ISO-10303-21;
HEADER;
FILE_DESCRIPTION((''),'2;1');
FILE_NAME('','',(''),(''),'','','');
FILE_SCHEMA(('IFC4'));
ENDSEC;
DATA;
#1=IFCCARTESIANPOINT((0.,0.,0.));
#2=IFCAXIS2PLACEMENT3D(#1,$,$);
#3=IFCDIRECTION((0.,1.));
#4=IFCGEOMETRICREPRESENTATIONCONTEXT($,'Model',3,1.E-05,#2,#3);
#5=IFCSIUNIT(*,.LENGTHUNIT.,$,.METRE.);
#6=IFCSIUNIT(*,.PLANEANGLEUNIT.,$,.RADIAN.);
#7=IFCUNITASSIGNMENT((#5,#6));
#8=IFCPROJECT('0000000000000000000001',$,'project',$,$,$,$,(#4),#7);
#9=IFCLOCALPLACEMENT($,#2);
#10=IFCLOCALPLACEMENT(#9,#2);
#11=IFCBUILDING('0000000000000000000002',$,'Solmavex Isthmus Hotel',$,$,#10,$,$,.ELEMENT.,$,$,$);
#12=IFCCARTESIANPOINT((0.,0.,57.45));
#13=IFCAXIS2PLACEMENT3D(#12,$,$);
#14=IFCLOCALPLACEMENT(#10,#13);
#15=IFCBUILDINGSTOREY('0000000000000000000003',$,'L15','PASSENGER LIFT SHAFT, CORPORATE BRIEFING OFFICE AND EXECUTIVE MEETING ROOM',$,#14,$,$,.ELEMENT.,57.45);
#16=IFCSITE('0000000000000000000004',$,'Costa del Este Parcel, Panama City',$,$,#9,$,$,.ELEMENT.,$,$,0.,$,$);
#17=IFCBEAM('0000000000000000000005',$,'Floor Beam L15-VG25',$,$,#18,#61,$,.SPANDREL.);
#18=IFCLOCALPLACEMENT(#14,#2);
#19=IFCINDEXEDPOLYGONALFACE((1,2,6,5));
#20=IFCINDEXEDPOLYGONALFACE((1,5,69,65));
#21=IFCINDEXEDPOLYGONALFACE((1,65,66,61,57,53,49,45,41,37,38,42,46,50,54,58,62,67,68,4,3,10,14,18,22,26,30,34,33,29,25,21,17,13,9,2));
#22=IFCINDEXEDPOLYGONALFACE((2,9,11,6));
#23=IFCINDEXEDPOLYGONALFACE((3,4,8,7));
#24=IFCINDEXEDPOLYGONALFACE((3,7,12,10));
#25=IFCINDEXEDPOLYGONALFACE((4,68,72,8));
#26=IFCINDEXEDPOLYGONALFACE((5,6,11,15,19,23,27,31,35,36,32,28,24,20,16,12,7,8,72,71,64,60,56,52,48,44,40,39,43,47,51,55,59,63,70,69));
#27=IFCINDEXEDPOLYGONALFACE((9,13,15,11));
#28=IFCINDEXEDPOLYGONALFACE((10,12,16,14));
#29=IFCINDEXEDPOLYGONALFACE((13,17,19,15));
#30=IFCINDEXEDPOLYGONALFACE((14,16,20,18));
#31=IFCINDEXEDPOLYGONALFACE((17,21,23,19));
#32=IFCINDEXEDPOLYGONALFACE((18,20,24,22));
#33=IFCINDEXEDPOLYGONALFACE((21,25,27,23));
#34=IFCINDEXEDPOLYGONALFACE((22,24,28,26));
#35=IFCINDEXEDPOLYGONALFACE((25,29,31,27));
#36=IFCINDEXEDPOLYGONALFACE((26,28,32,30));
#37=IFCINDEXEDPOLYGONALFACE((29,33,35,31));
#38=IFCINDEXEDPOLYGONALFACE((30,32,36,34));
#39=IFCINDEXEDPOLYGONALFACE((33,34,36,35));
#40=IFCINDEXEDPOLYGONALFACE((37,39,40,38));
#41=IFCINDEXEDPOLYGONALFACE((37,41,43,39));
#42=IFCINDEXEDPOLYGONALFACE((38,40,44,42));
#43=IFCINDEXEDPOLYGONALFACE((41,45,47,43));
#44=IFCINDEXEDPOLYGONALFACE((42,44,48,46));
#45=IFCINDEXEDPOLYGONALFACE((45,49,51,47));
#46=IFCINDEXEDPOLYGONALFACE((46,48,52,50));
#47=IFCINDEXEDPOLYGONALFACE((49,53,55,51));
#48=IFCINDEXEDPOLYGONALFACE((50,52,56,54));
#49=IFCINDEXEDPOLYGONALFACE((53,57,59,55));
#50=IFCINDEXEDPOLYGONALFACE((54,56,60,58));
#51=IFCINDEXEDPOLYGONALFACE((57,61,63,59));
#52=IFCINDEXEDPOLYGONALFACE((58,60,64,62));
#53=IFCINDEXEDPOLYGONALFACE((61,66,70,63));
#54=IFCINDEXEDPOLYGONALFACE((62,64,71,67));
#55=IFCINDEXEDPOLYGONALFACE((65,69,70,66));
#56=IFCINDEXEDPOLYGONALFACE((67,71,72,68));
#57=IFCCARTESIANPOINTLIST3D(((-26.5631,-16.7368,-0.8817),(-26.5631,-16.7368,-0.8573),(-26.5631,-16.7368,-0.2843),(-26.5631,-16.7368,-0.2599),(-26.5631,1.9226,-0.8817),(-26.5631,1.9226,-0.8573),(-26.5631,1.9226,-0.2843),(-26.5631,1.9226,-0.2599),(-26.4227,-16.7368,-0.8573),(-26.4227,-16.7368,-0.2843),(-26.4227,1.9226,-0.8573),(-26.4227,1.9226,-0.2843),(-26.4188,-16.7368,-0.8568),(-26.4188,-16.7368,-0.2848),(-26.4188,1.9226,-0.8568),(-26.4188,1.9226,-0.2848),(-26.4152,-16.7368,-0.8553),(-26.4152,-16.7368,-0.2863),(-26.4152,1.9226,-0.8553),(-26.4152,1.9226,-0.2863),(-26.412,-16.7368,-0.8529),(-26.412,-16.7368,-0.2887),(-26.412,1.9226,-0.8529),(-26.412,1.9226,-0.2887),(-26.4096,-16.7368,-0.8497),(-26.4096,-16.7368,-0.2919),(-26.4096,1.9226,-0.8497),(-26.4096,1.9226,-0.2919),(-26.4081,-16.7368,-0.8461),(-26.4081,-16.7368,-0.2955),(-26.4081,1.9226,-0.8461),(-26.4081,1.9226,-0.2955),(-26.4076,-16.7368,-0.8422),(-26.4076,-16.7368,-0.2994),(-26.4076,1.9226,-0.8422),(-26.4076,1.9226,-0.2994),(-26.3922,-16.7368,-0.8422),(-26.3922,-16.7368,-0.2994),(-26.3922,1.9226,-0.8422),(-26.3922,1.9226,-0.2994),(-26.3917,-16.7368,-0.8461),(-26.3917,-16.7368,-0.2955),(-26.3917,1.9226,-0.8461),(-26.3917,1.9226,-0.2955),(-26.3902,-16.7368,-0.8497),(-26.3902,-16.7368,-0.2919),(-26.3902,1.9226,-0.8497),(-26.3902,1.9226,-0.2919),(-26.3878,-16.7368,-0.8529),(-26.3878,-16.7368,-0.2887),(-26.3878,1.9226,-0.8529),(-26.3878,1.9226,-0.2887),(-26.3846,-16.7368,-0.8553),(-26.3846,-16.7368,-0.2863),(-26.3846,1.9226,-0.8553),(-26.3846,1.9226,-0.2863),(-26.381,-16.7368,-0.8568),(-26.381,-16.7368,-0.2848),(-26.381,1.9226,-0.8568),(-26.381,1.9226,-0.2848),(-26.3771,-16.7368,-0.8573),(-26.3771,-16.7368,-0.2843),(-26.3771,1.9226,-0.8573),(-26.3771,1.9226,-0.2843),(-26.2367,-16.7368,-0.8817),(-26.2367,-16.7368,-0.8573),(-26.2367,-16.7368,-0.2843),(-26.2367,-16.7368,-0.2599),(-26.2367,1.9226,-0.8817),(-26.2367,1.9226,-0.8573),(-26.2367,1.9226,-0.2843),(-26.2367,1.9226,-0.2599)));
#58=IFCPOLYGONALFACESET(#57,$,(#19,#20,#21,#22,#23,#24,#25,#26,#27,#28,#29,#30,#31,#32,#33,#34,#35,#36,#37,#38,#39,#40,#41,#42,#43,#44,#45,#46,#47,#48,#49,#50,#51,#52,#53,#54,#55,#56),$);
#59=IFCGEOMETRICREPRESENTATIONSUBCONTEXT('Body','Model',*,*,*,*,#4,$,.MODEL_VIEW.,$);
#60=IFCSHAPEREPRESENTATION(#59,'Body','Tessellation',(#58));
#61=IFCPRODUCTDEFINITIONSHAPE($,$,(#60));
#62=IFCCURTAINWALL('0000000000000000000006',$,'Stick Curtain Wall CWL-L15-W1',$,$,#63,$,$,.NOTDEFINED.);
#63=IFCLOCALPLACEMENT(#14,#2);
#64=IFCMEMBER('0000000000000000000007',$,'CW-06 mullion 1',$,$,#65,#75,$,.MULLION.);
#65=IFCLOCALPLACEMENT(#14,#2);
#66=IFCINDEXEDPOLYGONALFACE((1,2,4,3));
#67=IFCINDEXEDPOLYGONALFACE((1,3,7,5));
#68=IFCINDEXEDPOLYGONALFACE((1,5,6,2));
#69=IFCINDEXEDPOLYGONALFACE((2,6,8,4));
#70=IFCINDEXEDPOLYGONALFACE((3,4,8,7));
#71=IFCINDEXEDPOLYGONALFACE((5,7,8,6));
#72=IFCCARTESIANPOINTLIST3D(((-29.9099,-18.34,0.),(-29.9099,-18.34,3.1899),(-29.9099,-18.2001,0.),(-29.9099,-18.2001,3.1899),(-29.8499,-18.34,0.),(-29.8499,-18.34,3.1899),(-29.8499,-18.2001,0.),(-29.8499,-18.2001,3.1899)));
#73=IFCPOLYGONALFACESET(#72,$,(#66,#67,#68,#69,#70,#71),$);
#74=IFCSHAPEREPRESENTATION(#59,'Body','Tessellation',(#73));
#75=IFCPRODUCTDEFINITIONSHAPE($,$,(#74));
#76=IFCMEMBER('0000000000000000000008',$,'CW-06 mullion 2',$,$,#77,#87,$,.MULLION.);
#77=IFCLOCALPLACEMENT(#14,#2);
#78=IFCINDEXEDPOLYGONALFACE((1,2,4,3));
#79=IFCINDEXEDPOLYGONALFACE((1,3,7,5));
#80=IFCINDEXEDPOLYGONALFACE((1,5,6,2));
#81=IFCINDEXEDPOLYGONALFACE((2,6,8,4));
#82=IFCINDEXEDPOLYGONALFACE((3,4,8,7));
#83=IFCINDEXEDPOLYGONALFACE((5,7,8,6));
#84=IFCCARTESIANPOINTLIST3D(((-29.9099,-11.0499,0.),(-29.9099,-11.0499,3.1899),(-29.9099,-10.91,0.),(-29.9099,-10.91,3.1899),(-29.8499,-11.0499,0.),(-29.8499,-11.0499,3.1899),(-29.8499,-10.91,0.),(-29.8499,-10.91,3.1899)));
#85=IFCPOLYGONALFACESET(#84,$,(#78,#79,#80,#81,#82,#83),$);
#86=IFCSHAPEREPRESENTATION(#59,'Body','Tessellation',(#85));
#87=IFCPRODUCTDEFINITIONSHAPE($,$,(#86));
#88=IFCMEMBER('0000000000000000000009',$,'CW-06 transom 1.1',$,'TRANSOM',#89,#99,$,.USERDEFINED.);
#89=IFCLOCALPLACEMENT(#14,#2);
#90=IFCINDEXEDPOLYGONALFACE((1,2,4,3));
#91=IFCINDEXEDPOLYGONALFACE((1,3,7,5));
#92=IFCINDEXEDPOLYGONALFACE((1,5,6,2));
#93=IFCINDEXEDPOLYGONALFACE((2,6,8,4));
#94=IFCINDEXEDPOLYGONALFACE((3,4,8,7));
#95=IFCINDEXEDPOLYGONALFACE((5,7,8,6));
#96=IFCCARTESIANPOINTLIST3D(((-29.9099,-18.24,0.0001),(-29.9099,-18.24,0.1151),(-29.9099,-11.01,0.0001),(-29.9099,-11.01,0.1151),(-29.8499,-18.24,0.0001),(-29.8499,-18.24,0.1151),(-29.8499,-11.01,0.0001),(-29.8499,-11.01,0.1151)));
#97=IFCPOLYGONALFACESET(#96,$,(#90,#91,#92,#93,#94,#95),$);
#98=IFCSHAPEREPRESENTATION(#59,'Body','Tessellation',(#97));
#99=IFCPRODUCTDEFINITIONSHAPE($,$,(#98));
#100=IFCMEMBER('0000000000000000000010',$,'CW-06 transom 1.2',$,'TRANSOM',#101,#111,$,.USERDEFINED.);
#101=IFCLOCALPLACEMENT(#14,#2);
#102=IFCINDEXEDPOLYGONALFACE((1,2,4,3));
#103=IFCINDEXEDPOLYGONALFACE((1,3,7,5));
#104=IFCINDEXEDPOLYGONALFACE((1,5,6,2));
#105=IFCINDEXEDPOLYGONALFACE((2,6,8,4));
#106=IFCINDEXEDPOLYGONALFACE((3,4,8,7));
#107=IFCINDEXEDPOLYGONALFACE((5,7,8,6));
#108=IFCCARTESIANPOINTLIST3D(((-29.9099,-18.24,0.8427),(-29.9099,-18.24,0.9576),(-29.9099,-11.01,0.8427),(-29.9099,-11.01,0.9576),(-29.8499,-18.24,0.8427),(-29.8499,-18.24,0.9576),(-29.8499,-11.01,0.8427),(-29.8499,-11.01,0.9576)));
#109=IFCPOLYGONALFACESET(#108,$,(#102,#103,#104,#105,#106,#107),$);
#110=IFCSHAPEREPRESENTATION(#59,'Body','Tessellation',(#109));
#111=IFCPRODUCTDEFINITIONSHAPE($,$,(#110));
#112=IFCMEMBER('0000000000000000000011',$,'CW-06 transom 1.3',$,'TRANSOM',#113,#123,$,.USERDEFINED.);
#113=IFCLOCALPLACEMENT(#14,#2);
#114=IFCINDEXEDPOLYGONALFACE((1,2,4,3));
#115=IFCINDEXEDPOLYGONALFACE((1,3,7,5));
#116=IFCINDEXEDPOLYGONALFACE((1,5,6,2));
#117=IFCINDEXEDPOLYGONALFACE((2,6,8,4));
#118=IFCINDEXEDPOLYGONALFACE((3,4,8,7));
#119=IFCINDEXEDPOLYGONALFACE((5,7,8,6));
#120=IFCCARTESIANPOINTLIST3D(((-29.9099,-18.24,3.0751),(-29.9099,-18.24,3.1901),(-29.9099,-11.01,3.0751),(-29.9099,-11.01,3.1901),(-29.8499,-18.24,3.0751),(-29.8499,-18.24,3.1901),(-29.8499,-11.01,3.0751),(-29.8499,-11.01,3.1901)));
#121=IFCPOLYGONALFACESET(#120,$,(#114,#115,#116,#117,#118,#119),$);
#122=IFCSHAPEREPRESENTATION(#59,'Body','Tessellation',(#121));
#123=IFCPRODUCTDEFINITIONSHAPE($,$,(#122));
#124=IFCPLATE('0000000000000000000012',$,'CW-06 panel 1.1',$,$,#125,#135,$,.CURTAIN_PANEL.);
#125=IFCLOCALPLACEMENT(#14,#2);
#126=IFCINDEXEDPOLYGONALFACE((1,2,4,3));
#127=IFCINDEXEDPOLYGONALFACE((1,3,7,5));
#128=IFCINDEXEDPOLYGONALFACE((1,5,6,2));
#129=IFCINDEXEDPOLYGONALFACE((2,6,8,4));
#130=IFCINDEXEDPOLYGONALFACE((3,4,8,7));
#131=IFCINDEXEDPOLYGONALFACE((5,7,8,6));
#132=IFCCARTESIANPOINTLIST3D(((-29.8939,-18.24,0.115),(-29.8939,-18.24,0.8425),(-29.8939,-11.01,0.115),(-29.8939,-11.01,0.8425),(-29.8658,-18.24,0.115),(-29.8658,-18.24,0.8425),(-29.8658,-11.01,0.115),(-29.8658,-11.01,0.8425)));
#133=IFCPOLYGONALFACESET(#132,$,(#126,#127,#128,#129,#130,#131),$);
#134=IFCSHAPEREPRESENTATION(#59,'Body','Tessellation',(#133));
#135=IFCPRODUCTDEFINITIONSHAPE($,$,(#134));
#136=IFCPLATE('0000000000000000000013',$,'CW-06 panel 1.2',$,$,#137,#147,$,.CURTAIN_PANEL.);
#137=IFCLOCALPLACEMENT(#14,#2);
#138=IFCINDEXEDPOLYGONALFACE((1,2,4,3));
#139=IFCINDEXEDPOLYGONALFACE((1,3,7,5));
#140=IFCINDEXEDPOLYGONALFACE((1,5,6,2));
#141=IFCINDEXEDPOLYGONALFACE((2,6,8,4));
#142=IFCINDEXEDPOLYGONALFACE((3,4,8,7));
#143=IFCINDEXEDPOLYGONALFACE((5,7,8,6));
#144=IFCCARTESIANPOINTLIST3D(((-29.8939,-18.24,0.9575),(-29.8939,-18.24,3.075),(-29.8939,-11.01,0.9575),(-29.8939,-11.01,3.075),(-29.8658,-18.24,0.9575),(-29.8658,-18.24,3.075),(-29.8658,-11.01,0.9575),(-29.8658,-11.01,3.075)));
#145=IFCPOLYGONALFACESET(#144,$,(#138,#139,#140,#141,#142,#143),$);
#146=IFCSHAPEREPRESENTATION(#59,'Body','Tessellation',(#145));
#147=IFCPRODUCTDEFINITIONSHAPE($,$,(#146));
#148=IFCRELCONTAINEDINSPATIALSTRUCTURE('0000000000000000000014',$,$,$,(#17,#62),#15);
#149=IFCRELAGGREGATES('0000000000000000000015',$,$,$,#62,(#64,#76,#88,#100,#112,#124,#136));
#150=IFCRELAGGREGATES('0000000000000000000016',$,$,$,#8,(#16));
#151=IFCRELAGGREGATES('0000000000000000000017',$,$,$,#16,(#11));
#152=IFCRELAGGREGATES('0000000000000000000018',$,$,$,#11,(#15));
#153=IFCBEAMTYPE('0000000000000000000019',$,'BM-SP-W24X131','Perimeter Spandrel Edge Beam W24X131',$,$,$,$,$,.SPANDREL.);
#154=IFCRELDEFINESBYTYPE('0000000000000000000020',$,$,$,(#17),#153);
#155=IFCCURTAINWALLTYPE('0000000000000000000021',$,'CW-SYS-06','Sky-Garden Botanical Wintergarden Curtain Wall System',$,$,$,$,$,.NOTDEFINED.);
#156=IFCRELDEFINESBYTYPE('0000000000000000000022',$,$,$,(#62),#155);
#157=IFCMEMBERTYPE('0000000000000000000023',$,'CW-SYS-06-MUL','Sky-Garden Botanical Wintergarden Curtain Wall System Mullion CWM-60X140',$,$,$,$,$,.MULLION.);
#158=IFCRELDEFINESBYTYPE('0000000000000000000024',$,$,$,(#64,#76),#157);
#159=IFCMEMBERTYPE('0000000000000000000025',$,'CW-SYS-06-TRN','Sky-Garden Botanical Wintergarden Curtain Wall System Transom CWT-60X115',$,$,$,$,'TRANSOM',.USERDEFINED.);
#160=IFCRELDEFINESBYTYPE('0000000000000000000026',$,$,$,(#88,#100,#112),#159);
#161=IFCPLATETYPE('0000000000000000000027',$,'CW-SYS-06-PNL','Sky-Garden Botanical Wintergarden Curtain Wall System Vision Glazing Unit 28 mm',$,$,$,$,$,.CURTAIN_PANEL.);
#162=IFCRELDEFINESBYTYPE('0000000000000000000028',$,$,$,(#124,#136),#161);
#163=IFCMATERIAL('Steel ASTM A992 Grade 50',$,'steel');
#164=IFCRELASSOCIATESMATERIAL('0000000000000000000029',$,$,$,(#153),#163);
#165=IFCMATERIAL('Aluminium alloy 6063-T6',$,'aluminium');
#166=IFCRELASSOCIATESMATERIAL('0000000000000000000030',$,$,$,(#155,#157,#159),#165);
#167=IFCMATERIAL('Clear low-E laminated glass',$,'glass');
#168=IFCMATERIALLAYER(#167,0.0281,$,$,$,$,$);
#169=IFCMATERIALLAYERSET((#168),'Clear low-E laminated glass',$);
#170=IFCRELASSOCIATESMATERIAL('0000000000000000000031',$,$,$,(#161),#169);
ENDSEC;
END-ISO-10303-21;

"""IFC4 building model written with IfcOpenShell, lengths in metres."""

from ifc_helpers import new_model, si_unit, direction, frame, origin, origin_2d, place, context, subcontext, project, spatial, rectangle, i_section, extrude, material, layer, layer_set, material_profile, profile_set, type_object, element, aggregate, save


model = new_model("IFC4")

# Units and contexts
model_context = context("Model", 3, precision=1e-05, world=origin(), true_north=direction((0.0, 1.0)))
body_context = subcontext(model_context, "Body", "Model", "MODEL_VIEW")
ifc_project = project(units=[si_unit("LENGTHUNIT", "METRE"), si_unit("PLANEANGLEUNIT", "RADIAN")], contexts=[model_context])

# Site, building, storey
site_placement = place(None, origin())
site = spatial("IfcSite", under=ifc_project, at=site_placement, Name="Costa del Este Parcel, Panama City", CompositionType="ELEMENT", RefElevation=0.0)
building_placement = place(site_placement, origin())
building = spatial("IfcBuilding", under=site, at=building_placement, Name="Solmavex Isthmus Hotel", CompositionType="ELEMENT")
storey_placement = place(building_placement, frame((0.0, 0.0, 57.45)))
storey = spatial("IfcBuildingStorey", under=building, at=storey_placement, Name="L15", Description="PASSENGER LIFT SHAFT, CORPORATE BRIEFING OFFICE AND EXECUTIVE MEETING ROOM", CompositionType="ELEMENT", Elevation=57.45)

# Beam
ifc_material_1 = material(Name="Steel ASTM A992 Grade 50", Category="steel")
ifc_material_profile_1 = material_profile(ifc_material_1, i_section(OverallWidth=0.3264, OverallDepth=0.6218, WebThickness=0.0154, FlangeThickness=0.0244, FilletRadius=0.0151, at=origin_2d()), Name="W24X131")
ifc_profile_set_1 = profile_set([ifc_material_profile_1], Name="Steel ASTM A992 Grade 50")
beam_type_1 = type_object("IfcBeamType", Name="BM-SP-W24X131", Description="Perimeter Spandrel Edge Beam W24X131", PredefinedType="SPANDREL", material=ifc_profile_set_1)
beam_1_placement = place(storey_placement, frame((-26.3999, -16.7368, -0.5708), z_axis=(0.0, 1.0, 0.0), x_axis=(-1.0, 0.0, 0.0)))
element("IfcBeam", 1, at=beam_1_placement, inside=storey, type_object=beam_type_1, Name="Floor Beam L15-VG25", PredefinedType="SPANDREL", context=body_context, shape_type="SweptSolid", body=[
    extrude(i_section(OverallWidth=0.3264, OverallDepth=0.6218, WebThickness=0.0154, FlangeThickness=0.0244, FilletRadius=0.0151, at=origin_2d()), origin(), (0.0, 0.0, 1.0), 18.6594),
])

# Curtain wall, members, plates
ifc_material_2 = material(Name="Aluminium alloy 6063-T6", Category="aluminium")
curtain_wall_type = type_object("IfcCurtainWallType", Name="CW-SYS-06", Description="Sky-Garden Botanical Wintergarden Curtain Wall System", PredefinedType="NOTDEFINED", material=ifc_material_2)
curtain_wall_placement = place(storey_placement, origin())
curtain_wall = element("IfcCurtainWall", 2, at=curtain_wall_placement, inside=storey, type_object=curtain_wall_type, Name="Stick Curtain Wall CWL-L15-W1", PredefinedType="NOTDEFINED")
ifc_material_profile_2 = material_profile(ifc_material_2, rectangle(XDim=0.0601, YDim=0.1399, at=origin_2d()), Name="CWM-60X140")
ifc_profile_set_2 = profile_set([ifc_material_profile_2], Name="Aluminium alloy 6063-T6")
member_type_1 = type_object("IfcMemberType", Name="CW-SYS-06-MUL", Description="Sky-Garden Botanical Wintergarden Curtain Wall System Mullion CWM-60X140", PredefinedType="MULLION", material=ifc_profile_set_2)
member_1_placement = place(storey_placement, frame((-29.8799, -18.27, 0.0), z_axis=(0.0, 0.0, 1.0), x_axis=(-1.0, 0.0, 0.0)))
member_1 = element("IfcMember", 3, at=member_1_placement, type_object=member_type_1, Name="CW-06 mullion 1", PredefinedType="MULLION", context=body_context, shape_type="SweptSolid", body=[
    extrude(rectangle(XDim=0.0601, YDim=0.1399, at=origin_2d()), origin(), (0.0, 0.0, 1.0), 3.1899),
])
member_2_placement = place(storey_placement, frame((-29.8799, -10.98, 0.0), z_axis=(0.0, 0.0, 1.0), x_axis=(-1.0, 0.0, 0.0)))
member_2 = element("IfcMember", 4, at=member_2_placement, type_object=member_type_1, Name="CW-06 mullion 2", PredefinedType="MULLION", context=body_context, shape_type="SweptSolid", body=[
    extrude(rectangle(XDim=0.0601, YDim=0.1399, at=origin_2d()), origin(), (0.0, 0.0, 1.0), 3.1899),
])
ifc_material_profile_3 = material_profile(ifc_material_2, rectangle(XDim=0.0601, YDim=0.115, at=origin_2d()), Name="CWT-60X115")
ifc_profile_set_3 = profile_set([ifc_material_profile_3], Name="Aluminium alloy 6063-T6")
member_type_2 = type_object("IfcMemberType", Name="CW-SYS-06-TRN", Description="Sky-Garden Botanical Wintergarden Curtain Wall System Transom CWT-60X115", ElementType="TRANSOM", PredefinedType="USERDEFINED", material=ifc_profile_set_3)
member_3_placement = place(storey_placement, frame((-29.8799, -18.24, 0.0576), z_axis=(0.0, 1.0, 0.0), x_axis=(-1.0, 0.0, 0.0)))
member_3 = element("IfcMember", 5, at=member_3_placement, type_object=member_type_2, Name="CW-06 transom 1.1", ObjectType="TRANSOM", PredefinedType="USERDEFINED", context=body_context, shape_type="SweptSolid", body=[
    extrude(rectangle(XDim=0.0601, YDim=0.115, at=origin_2d()), origin(), (0.0, 0.0, 1.0), 7.23),
])
member_4_placement = place(storey_placement, frame((-29.8799, -18.24, 0.9001), z_axis=(0.0, 1.0, 0.0), x_axis=(-1.0, 0.0, 0.0)))
member_4 = element("IfcMember", 6, at=member_4_placement, type_object=member_type_2, Name="CW-06 transom 1.2", ObjectType="TRANSOM", PredefinedType="USERDEFINED", context=body_context, shape_type="SweptSolid", body=[
    extrude(rectangle(XDim=0.0601, YDim=0.115, at=origin_2d()), origin(), (0.0, 0.0, 1.0), 7.23),
])
member_5_placement = place(storey_placement, frame((-29.8799, -18.24, 3.1326), z_axis=(0.0, 1.0, 0.0), x_axis=(-1.0, 0.0, 0.0)))
member_5 = element("IfcMember", 7, at=member_5_placement, type_object=member_type_2, Name="CW-06 transom 1.3", ObjectType="TRANSOM", PredefinedType="USERDEFINED", context=body_context, shape_type="SweptSolid", body=[
    extrude(rectangle(XDim=0.0601, YDim=0.115, at=origin_2d()), origin(), (0.0, 0.0, 1.0), 7.23),
])
ifc_material_3 = material(Name="Clear low-E laminated glass", Category="glass")
ifc_layer_1 = layer(ifc_material_3, 0.0281)
ifc_layer_set_1 = layer_set([ifc_layer_1], Name="Clear low-E laminated glass")
plate_type = type_object("IfcPlateType", Name="CW-SYS-06-PNL", Description="Sky-Garden Botanical Wintergarden Curtain Wall System Vision Glazing Unit 28 mm", PredefinedType="CURTAIN_PANEL", material=ifc_layer_set_1)
plate_1_placement = place(storey_placement, frame((-29.8799, -14.625, 0.115), z_axis=(0.0, 0.0, 1.0), x_axis=(0.0, 1.0, 0.0)))
plate_1 = element("IfcPlate", 8, at=plate_1_placement, type_object=plate_type, Name="CW-06 panel 1.1", PredefinedType="CURTAIN_PANEL", context=body_context, shape_type="SweptSolid", body=[
    extrude(rectangle(XDim=7.23, YDim=0.0281, at=origin_2d()), origin(), (0.0, 0.0, 1.0), 0.7275),
])
plate_2_placement = place(storey_placement, frame((-29.8799, -14.625, 0.9575), z_axis=(0.0, 0.0, 1.0), x_axis=(0.0, 1.0, 0.0)))
plate_2 = element("IfcPlate", 9, at=plate_2_placement, type_object=plate_type, Name="CW-06 panel 1.2", PredefinedType="CURTAIN_PANEL", context=body_context, shape_type="SweptSolid", body=[
    extrude(rectangle(XDim=7.23, YDim=0.0281, at=origin_2d()), origin(), (0.0, 0.0, 1.0), 2.1174),
])
aggregate(curtain_wall, [member_1, member_2, member_3, member_4, member_5, plate_1, plate_2])

save(model, "model.ifc")
